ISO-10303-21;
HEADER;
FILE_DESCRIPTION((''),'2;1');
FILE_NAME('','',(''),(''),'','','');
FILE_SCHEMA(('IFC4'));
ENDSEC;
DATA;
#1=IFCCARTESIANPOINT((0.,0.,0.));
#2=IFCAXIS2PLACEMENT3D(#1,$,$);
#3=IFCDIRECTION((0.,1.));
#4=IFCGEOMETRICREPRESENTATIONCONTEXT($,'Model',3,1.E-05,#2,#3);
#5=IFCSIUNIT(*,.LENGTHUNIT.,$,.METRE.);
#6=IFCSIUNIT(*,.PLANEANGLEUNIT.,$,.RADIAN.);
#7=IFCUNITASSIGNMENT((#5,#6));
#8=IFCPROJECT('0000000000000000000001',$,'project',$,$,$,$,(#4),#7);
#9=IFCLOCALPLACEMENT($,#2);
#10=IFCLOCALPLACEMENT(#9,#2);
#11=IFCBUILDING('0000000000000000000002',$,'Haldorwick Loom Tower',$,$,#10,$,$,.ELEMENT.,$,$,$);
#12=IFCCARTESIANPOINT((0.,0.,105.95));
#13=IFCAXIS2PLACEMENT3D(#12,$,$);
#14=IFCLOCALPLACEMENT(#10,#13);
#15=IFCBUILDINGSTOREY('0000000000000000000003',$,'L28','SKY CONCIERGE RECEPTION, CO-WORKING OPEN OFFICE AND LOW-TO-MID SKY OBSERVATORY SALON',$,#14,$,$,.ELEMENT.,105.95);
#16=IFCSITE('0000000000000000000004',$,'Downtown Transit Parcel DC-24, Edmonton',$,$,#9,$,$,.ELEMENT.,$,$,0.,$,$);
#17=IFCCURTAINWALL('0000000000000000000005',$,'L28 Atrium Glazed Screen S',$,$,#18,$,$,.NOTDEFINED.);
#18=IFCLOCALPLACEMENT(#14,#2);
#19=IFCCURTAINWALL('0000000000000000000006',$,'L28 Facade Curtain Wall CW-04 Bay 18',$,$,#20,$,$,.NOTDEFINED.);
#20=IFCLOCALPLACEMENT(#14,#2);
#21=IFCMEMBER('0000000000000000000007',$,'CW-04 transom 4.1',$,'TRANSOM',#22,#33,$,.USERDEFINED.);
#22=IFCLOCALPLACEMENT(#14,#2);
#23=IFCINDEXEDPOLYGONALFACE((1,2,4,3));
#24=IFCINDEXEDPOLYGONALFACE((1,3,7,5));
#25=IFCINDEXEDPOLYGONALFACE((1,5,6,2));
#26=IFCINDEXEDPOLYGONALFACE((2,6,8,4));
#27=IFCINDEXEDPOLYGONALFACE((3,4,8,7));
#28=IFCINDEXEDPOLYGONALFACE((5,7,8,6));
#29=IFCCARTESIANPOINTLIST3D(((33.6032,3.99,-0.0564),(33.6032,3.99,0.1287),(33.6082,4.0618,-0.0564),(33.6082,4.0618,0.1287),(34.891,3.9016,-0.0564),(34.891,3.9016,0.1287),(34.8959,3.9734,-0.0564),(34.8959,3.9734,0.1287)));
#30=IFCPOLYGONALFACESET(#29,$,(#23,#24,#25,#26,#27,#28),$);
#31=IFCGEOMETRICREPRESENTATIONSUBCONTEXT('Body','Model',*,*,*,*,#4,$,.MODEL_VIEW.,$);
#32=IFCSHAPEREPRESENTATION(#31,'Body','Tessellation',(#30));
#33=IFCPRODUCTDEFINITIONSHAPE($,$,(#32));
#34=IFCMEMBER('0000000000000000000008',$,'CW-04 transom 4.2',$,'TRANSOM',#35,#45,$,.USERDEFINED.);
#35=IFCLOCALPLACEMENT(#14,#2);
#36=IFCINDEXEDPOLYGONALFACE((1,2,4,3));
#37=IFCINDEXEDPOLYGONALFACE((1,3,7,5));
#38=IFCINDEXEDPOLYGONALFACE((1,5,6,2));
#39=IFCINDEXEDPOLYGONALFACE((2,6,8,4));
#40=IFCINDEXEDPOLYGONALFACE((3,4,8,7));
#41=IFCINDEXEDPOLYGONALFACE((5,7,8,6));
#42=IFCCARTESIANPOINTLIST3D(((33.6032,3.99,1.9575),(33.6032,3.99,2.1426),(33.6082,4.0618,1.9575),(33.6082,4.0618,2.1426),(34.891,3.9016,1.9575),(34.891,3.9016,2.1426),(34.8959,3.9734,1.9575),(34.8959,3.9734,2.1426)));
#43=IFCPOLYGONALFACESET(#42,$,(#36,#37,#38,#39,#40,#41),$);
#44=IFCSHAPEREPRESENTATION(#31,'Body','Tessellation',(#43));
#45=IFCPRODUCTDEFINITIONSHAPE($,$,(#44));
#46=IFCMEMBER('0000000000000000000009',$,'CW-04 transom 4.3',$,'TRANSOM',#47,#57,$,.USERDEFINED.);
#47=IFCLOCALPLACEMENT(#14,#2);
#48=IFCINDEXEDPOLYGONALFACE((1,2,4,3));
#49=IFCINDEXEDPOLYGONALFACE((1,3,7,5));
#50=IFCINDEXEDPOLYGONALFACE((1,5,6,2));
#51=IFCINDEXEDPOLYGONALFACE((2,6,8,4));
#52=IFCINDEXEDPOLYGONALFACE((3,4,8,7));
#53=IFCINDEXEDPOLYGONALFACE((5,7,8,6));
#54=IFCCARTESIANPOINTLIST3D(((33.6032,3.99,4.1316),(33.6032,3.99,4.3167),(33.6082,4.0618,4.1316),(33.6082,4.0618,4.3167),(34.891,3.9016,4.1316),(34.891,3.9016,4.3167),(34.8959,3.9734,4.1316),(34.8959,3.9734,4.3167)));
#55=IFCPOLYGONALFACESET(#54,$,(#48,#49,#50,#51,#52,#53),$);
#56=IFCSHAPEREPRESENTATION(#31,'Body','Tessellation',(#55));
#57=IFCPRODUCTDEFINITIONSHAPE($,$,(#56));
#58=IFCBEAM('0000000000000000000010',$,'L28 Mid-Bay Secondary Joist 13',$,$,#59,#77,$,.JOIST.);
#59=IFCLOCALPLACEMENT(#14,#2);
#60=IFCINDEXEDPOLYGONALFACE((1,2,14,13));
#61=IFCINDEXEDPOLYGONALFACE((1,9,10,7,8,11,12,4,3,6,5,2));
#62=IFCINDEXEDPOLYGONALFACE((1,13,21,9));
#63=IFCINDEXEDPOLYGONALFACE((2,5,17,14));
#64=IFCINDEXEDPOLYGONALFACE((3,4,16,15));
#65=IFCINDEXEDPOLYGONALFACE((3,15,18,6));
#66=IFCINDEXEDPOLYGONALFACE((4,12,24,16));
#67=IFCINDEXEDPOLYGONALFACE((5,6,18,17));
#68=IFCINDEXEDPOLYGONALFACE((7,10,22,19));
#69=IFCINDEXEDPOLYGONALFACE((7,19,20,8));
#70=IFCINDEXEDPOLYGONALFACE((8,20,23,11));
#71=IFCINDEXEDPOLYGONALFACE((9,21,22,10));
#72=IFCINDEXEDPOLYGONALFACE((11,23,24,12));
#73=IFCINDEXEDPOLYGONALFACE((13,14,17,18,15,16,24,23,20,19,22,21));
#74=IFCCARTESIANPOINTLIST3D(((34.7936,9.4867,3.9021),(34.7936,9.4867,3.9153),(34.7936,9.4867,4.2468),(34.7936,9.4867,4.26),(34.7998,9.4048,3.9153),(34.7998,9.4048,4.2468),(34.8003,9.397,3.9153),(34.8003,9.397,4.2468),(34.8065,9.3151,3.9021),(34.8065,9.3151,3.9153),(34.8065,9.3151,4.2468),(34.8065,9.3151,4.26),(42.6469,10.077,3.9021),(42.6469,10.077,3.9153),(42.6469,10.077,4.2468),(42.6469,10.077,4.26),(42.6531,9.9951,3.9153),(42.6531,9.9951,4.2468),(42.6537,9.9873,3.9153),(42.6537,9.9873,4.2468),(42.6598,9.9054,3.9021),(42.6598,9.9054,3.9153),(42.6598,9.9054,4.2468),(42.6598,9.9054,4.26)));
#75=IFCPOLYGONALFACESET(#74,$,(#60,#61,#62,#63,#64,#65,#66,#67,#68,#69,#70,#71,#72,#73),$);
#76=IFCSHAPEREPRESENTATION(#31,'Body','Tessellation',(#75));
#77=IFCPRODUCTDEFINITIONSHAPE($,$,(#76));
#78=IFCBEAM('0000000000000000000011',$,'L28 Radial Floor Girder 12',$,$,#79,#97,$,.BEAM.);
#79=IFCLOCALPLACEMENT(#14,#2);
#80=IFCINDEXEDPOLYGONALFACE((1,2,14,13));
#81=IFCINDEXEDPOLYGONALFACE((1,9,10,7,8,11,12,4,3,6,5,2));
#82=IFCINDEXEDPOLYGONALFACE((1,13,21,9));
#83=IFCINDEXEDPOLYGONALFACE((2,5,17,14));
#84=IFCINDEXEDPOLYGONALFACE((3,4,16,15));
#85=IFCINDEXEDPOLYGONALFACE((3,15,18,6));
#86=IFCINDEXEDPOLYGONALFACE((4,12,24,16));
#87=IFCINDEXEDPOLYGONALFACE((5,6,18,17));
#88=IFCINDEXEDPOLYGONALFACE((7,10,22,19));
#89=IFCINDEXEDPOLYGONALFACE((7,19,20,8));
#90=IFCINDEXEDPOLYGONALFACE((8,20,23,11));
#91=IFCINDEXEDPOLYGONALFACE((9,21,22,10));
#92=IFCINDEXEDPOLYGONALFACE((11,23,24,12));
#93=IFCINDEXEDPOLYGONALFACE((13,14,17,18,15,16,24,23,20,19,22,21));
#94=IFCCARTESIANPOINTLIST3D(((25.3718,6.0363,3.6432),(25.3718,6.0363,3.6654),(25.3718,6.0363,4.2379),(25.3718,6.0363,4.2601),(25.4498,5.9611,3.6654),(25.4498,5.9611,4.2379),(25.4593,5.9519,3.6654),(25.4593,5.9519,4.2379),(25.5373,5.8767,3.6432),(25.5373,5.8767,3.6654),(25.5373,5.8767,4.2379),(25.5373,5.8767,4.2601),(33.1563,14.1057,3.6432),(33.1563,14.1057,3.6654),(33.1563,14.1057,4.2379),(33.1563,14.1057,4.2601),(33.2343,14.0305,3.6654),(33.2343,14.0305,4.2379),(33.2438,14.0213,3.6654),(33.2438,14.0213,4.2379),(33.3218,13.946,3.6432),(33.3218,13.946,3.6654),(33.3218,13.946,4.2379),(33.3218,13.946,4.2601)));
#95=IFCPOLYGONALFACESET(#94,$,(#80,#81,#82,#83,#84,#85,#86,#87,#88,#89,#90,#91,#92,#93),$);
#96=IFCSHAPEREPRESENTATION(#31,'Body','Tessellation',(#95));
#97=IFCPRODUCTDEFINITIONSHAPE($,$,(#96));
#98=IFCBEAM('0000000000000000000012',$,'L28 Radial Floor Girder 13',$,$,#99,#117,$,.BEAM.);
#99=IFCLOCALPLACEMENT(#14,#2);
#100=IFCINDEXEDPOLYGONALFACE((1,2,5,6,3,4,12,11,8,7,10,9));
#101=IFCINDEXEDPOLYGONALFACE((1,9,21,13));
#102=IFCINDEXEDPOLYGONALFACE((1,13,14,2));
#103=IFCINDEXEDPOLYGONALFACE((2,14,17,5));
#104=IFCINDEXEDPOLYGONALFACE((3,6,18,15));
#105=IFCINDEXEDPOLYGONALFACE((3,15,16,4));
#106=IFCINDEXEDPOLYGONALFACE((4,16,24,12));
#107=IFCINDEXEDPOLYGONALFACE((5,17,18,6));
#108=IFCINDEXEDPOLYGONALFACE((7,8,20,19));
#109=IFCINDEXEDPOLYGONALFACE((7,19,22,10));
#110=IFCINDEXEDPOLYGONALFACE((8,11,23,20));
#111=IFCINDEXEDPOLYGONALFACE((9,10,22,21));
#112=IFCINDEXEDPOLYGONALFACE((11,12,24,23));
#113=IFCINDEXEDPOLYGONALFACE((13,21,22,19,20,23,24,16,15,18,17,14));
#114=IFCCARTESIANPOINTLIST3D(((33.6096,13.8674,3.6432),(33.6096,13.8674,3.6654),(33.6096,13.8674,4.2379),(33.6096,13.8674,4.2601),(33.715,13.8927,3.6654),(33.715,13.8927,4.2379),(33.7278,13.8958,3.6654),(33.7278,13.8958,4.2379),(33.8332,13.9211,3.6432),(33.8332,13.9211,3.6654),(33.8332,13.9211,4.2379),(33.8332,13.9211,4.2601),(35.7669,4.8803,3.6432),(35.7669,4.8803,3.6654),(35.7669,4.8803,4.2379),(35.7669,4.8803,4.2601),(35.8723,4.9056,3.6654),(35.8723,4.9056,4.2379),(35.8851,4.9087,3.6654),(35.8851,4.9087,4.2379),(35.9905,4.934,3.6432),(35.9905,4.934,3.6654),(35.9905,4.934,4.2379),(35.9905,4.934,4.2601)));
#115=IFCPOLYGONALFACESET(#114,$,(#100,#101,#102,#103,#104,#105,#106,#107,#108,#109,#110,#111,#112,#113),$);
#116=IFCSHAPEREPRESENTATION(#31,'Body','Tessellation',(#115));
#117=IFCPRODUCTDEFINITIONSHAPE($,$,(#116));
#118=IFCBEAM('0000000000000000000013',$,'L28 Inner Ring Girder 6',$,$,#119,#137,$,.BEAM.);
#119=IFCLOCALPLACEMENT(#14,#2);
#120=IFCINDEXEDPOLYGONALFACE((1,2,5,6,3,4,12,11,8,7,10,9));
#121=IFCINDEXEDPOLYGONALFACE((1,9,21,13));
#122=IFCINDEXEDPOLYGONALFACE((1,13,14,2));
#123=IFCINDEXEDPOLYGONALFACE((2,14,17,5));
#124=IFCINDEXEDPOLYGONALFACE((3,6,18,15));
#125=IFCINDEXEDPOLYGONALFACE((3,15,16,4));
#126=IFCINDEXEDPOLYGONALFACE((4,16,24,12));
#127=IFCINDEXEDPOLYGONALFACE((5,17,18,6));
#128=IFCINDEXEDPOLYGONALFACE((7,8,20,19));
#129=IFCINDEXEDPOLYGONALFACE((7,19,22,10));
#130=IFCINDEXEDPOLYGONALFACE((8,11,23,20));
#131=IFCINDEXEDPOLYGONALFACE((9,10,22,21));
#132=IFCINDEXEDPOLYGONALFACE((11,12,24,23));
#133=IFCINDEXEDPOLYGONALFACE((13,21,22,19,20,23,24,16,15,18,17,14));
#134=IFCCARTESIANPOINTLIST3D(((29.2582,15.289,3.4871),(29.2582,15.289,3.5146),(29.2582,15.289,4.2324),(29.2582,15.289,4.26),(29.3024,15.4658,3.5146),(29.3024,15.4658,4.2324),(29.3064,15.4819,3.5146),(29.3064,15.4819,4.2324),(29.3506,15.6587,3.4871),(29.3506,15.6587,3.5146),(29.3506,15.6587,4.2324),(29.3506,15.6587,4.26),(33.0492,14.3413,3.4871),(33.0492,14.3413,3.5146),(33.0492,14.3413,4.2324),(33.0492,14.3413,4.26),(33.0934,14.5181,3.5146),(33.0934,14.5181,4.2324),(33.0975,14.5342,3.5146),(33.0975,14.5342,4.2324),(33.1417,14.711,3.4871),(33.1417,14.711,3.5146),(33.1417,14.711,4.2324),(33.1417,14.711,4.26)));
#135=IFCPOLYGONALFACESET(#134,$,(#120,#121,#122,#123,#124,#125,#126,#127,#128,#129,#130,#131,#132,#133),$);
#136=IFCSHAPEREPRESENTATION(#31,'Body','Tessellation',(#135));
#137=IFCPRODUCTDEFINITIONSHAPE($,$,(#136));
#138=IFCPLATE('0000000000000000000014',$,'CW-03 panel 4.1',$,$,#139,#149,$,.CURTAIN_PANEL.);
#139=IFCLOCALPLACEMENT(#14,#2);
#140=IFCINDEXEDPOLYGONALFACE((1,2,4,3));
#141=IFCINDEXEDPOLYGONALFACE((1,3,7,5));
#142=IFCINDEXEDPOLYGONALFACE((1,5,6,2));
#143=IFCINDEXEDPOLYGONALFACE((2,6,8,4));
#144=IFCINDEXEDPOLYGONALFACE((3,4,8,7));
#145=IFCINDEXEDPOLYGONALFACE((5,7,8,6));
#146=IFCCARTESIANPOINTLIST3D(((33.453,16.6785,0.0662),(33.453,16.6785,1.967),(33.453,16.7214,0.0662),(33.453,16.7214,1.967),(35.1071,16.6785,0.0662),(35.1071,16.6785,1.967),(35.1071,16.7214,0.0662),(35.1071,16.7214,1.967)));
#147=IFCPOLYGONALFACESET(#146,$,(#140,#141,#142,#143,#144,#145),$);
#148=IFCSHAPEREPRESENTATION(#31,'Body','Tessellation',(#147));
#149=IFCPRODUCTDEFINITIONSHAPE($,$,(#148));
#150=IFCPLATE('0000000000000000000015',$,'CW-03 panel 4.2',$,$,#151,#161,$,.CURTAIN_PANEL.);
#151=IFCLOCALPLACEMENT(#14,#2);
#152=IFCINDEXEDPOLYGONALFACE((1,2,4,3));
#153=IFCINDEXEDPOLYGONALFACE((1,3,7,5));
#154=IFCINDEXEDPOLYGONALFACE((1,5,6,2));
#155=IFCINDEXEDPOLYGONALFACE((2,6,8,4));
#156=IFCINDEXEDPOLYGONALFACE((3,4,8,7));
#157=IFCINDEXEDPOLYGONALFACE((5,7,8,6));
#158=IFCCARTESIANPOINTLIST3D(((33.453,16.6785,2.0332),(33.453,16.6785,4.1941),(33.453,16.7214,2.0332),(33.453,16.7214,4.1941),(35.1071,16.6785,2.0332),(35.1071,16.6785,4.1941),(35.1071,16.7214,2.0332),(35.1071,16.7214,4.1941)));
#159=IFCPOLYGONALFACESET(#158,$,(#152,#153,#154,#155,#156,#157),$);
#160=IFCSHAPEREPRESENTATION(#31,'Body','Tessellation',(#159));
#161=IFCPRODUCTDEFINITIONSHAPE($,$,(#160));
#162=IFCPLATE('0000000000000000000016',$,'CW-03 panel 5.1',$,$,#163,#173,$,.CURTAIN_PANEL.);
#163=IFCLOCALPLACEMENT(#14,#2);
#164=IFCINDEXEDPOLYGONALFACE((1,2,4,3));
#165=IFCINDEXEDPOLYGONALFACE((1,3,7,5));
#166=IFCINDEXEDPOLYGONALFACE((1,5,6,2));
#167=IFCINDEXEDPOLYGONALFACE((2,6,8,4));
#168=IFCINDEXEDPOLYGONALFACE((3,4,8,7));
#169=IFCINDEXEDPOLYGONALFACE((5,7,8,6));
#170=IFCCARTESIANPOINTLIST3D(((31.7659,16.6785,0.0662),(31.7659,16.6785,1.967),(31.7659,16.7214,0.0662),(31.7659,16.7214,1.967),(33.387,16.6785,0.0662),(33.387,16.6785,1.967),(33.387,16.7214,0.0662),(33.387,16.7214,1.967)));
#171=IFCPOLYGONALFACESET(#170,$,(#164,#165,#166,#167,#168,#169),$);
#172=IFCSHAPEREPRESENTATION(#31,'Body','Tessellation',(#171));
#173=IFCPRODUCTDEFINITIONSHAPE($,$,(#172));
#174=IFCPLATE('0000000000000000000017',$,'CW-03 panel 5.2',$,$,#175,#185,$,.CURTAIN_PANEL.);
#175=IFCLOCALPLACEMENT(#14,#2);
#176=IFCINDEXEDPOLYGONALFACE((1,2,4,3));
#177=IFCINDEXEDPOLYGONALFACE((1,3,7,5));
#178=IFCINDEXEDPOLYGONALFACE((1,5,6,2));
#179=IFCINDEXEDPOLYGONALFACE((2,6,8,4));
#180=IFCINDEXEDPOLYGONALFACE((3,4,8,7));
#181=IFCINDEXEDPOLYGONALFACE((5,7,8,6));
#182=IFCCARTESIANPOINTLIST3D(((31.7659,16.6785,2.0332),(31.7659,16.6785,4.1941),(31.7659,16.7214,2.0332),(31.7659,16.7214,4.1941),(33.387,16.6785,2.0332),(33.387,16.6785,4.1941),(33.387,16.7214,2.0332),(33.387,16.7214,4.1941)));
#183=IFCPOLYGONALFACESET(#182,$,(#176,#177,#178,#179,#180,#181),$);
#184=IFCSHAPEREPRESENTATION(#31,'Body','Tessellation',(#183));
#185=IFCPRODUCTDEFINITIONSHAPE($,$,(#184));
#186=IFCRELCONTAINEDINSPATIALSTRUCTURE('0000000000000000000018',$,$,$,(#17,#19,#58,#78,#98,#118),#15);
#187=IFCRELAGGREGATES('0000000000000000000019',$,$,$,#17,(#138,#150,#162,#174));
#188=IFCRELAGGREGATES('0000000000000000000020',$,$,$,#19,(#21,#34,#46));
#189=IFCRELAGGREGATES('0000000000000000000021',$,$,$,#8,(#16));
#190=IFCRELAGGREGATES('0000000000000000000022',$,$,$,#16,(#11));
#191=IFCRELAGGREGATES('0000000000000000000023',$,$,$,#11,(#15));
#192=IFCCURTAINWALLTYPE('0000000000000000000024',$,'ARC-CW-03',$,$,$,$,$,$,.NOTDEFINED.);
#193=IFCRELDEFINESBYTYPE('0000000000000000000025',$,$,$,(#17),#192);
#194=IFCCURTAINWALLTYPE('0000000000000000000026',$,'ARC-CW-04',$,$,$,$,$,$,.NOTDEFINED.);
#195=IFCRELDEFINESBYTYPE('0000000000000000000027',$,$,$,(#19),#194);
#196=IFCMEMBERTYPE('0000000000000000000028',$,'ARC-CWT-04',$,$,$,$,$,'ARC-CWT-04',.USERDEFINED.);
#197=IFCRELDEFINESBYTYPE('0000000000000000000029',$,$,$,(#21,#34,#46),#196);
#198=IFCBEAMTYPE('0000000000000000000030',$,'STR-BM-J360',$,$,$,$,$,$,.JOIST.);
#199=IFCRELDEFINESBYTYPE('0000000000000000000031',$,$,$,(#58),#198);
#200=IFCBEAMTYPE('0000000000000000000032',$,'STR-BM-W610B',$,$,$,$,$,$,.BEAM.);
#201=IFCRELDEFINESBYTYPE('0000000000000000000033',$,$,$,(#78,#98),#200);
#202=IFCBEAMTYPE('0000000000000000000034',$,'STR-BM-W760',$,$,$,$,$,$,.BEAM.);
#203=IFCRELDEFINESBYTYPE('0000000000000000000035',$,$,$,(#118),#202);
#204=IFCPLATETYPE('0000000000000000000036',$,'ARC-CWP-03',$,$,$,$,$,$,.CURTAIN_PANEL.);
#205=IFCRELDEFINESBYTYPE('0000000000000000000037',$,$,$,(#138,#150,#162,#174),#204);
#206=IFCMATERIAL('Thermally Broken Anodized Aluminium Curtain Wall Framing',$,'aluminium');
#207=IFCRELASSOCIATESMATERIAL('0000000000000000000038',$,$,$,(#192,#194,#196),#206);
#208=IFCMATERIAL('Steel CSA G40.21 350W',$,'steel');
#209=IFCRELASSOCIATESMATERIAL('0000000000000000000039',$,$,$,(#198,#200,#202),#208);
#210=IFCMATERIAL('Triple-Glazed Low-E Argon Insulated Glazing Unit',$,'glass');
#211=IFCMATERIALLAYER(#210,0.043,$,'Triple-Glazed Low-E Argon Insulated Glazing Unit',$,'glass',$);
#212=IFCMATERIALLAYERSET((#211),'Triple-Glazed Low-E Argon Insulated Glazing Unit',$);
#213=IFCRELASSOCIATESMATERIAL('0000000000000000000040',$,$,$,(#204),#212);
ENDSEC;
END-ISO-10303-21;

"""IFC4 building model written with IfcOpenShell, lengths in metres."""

from ifc_helpers import new_model, si_unit, direction, frame, origin, origin_2d, place, context, subcontext, project, spatial, rectangle, i_section, extrude, material, layer, layer_set, material_profile, profile_set, type_object, element, aggregate, save


model = new_model("IFC4")

# Units and contexts
model_context = context("Model", 3, precision=1e-05, world=origin(), true_north=direction((0.0, 1.0)))
body_context = subcontext(model_context, "Body", "Model", "MODEL_VIEW")
ifc_project = project(units=[si_unit("LENGTHUNIT", "METRE"), si_unit("PLANEANGLEUNIT", "RADIAN")], contexts=[model_context])

# Site, building, storey
site_placement = place(None, origin())
site = spatial("IfcSite", under=ifc_project, at=site_placement, Name="Downtown Transit Parcel DC-24, Edmonton", CompositionType="ELEMENT", RefElevation=0.0)
building_placement = place(site_placement, origin())
building = spatial("IfcBuilding", under=site, at=building_placement, Name="Haldorwick Loom Tower", CompositionType="ELEMENT")
storey_placement = place(building_placement, frame((0.0, 0.0, 105.95)))
storey = spatial("IfcBuildingStorey", under=building, at=storey_placement, Name="L28", Description="SKY CONCIERGE RECEPTION, CO-WORKING OPEN OFFICE AND LOW-TO-MID SKY OBSERVATORY SALON", CompositionType="ELEMENT", Elevation=105.95)

# Curtain walls
ifc_material_1 = material(Name="Thermally Broken Anodized Aluminium Curtain Wall Framing", Category="aluminium")
curtain_wall_type_1 = type_object("IfcCurtainWallType", Name="ARC-CW-03", PredefinedType="NOTDEFINED", material=ifc_material_1)
curtain_wall_1_placement = place(storey_placement, origin())
curtain_wall_1 = element("IfcCurtainWall", 1, at=curtain_wall_1_placement, inside=storey, type_object=curtain_wall_type_1, Name="L28 Atrium Glazed Screen S", PredefinedType="NOTDEFINED")
curtain_wall_type_2 = type_object("IfcCurtainWallType", Name="ARC-CW-04", PredefinedType="NOTDEFINED", material=ifc_material_1)
curtain_wall_2_placement = place(storey_placement, origin())
curtain_wall_2 = element("IfcCurtainWall", 2, at=curtain_wall_2_placement, inside=storey, type_object=curtain_wall_type_2, Name="L28 Facade Curtain Wall CW-04 Bay 18", PredefinedType="NOTDEFINED")

# Members
ifc_material_profile_1 = material_profile(ifc_material_1, rectangle(XDim=0.072, YDim=0.1851, at=origin_2d()), Name="ALU_TRN_72X185", Category="aluminium")
ifc_profile_set_1 = profile_set([ifc_material_profile_1], Name="Thermally Broken Anodized Aluminium Curtain Wall Framing")
member_type_1 = type_object("IfcMemberType", Name="ARC-CWT-04", ElementType="ARC-CWT-04", PredefinedType="USERDEFINED", material=ifc_profile_set_1)
member_1_placement = place(storey_placement, frame((33.6057, 4.0259, 0.0361), z_axis=(0.997654, -0.068465, 0.0), x_axis=(0.068465, 0.997654, 0.0)))
member_1 = element("IfcMember", 3, at=member_1_placement, type_object=member_type_1, Name="CW-04 transom 4.1", ObjectType="TRANSOM", PredefinedType="USERDEFINED", context=body_context, shape_type="SweptSolid", body=[
    extrude(rectangle(XDim=0.072, YDim=0.1851, at=origin_2d()), origin(), (0.0, 0.0, 1.0), 1.2908),
])
member_2_placement = place(storey_placement, frame((33.6057, 4.0259, 2.05), z_axis=(0.997654, -0.068465, 0.0), x_axis=(0.068465, 0.997654, 0.0)))
member_2 = element("IfcMember", 4, at=member_2_placement, type_object=member_type_1, Name="CW-04 transom 4.2", ObjectType="TRANSOM", PredefinedType="USERDEFINED", context=body_context, shape_type="SweptSolid", body=[
    extrude(rectangle(XDim=0.072, YDim=0.1851, at=origin_2d()), origin(), (0.0, 0.0, 1.0), 1.2908),
])
member_3_placement = place(storey_placement, frame((33.6057, 4.0259, 4.2241), z_axis=(0.997654, -0.068465, 0.0), x_axis=(0.068465, 0.997654, 0.0)))
member_3 = element("IfcMember", 5, at=member_3_placement, type_object=member_type_1, Name="CW-04 transom 4.3", ObjectType="TRANSOM", PredefinedType="USERDEFINED", context=body_context, shape_type="SweptSolid", body=[
    extrude(rectangle(XDim=0.072, YDim=0.1851, at=origin_2d()), origin(), (0.0, 0.0, 1.0), 1.2908),
])

# Beams
ifc_material_2 = material(Name="Steel CSA G40.21 350W", Category="steel")
ifc_material_profile_2 = material_profile(ifc_material_2, i_section(OverallWidth=0.1721, OverallDepth=0.3579, WebThickness=0.0078, FlangeThickness=0.0132, at=origin_2d()), Name="W360X57", Category="steel")
ifc_profile_set_2 = profile_set([ifc_material_profile_2], Name="Steel CSA G40.21 350W")
beam_type_1 = type_object("IfcBeamType", Name="STR-BM-J360", PredefinedType="JOIST", material=ifc_profile_set_2)
beam_1_placement = place(storey_placement, frame((34.8, 9.4009, 4.0811), z_axis=(0.997187, 0.074959, 0.0), x_axis=(-0.074959, 0.997187, 0.0)))
element("IfcBeam", 6, at=beam_1_placement, inside=storey, type_object=beam_type_1, Name="L28 Mid-Bay Secondary Joist 13", PredefinedType="JOIST", context=body_context, shape_type="SweptSolid", body=[
    extrude(i_section(OverallWidth=0.1721, OverallDepth=0.3579, WebThickness=0.0078, FlangeThickness=0.0132, at=origin_2d()), origin(), (0.0, 0.0, 1.0), 7.8755),
])
ifc_material_profile_3 = material_profile(ifc_material_2, i_section(OverallWidth=0.23, OverallDepth=0.6169, WebThickness=0.0132, FlangeThickness=0.0222, at=origin_2d()), Name="W610X140", Category="steel")
ifc_profile_set_3 = profile_set([ifc_material_profile_3], Name="Steel CSA G40.21 350W")
beam_type_2 = type_object("IfcBeamType", Name="STR-BM-W610B", PredefinedType="BEAM", material=ifc_profile_set_3)
beam_2_placement = place(storey_placement, frame((33.239, 14.0259, 3.9517), z_axis=(-0.694287, -0.719698, 0.0), x_axis=(0.719698, -0.694287, 0.0)))
element("IfcBeam", 7, at=beam_2_placement, inside=storey, type_object=beam_type_2, Name="L28 Radial Floor Girder 12", PredefinedType="BEAM", context=body_context, shape_type="SweptSolid", body=[
    extrude(i_section(OverallWidth=0.23, OverallDepth=0.6169, WebThickness=0.0132, FlangeThickness=0.0222, at=origin_2d()), origin(), (0.0, 0.0, 1.0), 11.2122),
])
beam_3_placement = place(storey_placement, frame((33.7214, 13.8943, 3.9517), z_axis=(0.233407, -0.972379, 0.0), x_axis=(0.972379, 0.233407, 0.0)))
element("IfcBeam", 8, at=beam_3_placement, inside=storey, type_object=beam_type_2, Name="L28 Radial Floor Girder 13", PredefinedType="BEAM", context=body_context, shape_type="SweptSolid", body=[
    extrude(i_section(OverallWidth=0.23, OverallDepth=0.6169, WebThickness=0.0132, FlangeThickness=0.0222, at=origin_2d()), origin(), (0.0, 0.0, 1.0), 9.2424),
])
ifc_material_profile_4 = material_profile(ifc_material_2, i_section(OverallWidth=0.3811, OverallDepth=0.7729, WebThickness=0.0166, FlangeThickness=0.0276, at=origin_2d()), Name="W760X257", Category="steel")
ifc_profile_set_4 = profile_set([ifc_material_profile_4], Name="Steel CSA G40.21 350W")
beam_type_3 = type_object("IfcBeamType", Name="STR-BM-W760", PredefinedType="BEAM", material=ifc_profile_set_4)
beam_4_placement = place(storey_placement, frame((33.0955, 14.5261, 3.8735), z_axis=(-0.970143, 0.242536, 0.0), x_axis=(-0.242536, -0.970143, 0.0)))
element("IfcBeam", 9, at=beam_4_placement, inside=storey, type_object=beam_type_3, Name="L28 Inner Ring Girder 6", PredefinedType="BEAM", context=body_context, shape_type="SweptSolid", body=[
    extrude(i_section(OverallWidth=0.3811, OverallDepth=0.7729, WebThickness=0.0166, FlangeThickness=0.0276, at=origin_2d()), origin(), (0.0, 0.0, 1.0), 3.9077),
])

# Plates
ifc_material_3 = material(Name="Triple-Glazed Low-E Argon Insulated Glazing Unit", Category="glass")
ifc_layer_1 = layer(ifc_material_3, 0.043, Name="Triple-Glazed Low-E Argon Insulated Glazing Unit", Category="glass")
ifc_layer_set_1 = layer_set([ifc_layer_1], Name="Triple-Glazed Low-E Argon Insulated Glazing Unit")
plate_type_1 = type_object("IfcPlateType", Name="ARC-CWP-03", PredefinedType="CURTAIN_PANEL", material=ifc_layer_set_1)
plate_1_placement = place(storey_placement, frame((34.28, 16.7, 0.0662), z_axis=(0.0, 0.0, 1.0), x_axis=(-1.0, 0.0, 0.0)))
plate_1 = element("IfcPlate", 10, at=plate_1_placement, type_object=plate_type_1, Name="CW-03 panel 4.1", PredefinedType="CURTAIN_PANEL", context=body_context, shape_type="SweptSolid", body=[
    extrude(rectangle(XDim=1.6541, YDim=0.043, at=origin_2d()), origin(), (0.0, 0.0, 1.0), 1.9009),
])
plate_2_placement = place(storey_placement, frame((34.28, 16.7, 2.0332), z_axis=(0.0, 0.0, 1.0), x_axis=(-1.0, 0.0, 0.0)))
plate_2 = element("IfcPlate", 11, at=plate_2_placement, type_object=plate_type_1, Name="CW-03 panel 4.2", PredefinedType="CURTAIN_PANEL", context=body_context, shape_type="SweptSolid", body=[
    extrude(rectangle(XDim=1.6541, YDim=0.043, at=origin_2d()), origin(), (0.0, 0.0, 1.0), 2.1609),
])
plate_3_placement = place(storey_placement, frame((32.5764, 16.7, 0.0662), z_axis=(0.0, 0.0, 1.0), x_axis=(-1.0, 0.0, 0.0)))
plate_3 = element("IfcPlate", 12, at=plate_3_placement, type_object=plate_type_1, Name="CW-03 panel 5.1", PredefinedType="CURTAIN_PANEL", context=body_context, shape_type="SweptSolid", body=[
    extrude(rectangle(XDim=1.6211, YDim=0.043, at=origin_2d()), origin(), (0.0, 0.0, 1.0), 1.9009),
])
plate_4_placement = place(storey_placement, frame((32.5764, 16.7, 2.0332), z_axis=(0.0, 0.0, 1.0), x_axis=(-1.0, 0.0, 0.0)))
plate_4 = element("IfcPlate", 13, at=plate_4_placement, type_object=plate_type_1, Name="CW-03 panel 5.2", PredefinedType="CURTAIN_PANEL", context=body_context, shape_type="SweptSolid", body=[
    extrude(rectangle(XDim=1.6211, YDim=0.043, at=origin_2d()), origin(), (0.0, 0.0, 1.0), 2.1609),
])
aggregate(curtain_wall_1, [plate_1, plate_2, plate_3, plate_4])
aggregate(curtain_wall_2, [member_1, member_2, member_3])

save(model, "model.ifc")
